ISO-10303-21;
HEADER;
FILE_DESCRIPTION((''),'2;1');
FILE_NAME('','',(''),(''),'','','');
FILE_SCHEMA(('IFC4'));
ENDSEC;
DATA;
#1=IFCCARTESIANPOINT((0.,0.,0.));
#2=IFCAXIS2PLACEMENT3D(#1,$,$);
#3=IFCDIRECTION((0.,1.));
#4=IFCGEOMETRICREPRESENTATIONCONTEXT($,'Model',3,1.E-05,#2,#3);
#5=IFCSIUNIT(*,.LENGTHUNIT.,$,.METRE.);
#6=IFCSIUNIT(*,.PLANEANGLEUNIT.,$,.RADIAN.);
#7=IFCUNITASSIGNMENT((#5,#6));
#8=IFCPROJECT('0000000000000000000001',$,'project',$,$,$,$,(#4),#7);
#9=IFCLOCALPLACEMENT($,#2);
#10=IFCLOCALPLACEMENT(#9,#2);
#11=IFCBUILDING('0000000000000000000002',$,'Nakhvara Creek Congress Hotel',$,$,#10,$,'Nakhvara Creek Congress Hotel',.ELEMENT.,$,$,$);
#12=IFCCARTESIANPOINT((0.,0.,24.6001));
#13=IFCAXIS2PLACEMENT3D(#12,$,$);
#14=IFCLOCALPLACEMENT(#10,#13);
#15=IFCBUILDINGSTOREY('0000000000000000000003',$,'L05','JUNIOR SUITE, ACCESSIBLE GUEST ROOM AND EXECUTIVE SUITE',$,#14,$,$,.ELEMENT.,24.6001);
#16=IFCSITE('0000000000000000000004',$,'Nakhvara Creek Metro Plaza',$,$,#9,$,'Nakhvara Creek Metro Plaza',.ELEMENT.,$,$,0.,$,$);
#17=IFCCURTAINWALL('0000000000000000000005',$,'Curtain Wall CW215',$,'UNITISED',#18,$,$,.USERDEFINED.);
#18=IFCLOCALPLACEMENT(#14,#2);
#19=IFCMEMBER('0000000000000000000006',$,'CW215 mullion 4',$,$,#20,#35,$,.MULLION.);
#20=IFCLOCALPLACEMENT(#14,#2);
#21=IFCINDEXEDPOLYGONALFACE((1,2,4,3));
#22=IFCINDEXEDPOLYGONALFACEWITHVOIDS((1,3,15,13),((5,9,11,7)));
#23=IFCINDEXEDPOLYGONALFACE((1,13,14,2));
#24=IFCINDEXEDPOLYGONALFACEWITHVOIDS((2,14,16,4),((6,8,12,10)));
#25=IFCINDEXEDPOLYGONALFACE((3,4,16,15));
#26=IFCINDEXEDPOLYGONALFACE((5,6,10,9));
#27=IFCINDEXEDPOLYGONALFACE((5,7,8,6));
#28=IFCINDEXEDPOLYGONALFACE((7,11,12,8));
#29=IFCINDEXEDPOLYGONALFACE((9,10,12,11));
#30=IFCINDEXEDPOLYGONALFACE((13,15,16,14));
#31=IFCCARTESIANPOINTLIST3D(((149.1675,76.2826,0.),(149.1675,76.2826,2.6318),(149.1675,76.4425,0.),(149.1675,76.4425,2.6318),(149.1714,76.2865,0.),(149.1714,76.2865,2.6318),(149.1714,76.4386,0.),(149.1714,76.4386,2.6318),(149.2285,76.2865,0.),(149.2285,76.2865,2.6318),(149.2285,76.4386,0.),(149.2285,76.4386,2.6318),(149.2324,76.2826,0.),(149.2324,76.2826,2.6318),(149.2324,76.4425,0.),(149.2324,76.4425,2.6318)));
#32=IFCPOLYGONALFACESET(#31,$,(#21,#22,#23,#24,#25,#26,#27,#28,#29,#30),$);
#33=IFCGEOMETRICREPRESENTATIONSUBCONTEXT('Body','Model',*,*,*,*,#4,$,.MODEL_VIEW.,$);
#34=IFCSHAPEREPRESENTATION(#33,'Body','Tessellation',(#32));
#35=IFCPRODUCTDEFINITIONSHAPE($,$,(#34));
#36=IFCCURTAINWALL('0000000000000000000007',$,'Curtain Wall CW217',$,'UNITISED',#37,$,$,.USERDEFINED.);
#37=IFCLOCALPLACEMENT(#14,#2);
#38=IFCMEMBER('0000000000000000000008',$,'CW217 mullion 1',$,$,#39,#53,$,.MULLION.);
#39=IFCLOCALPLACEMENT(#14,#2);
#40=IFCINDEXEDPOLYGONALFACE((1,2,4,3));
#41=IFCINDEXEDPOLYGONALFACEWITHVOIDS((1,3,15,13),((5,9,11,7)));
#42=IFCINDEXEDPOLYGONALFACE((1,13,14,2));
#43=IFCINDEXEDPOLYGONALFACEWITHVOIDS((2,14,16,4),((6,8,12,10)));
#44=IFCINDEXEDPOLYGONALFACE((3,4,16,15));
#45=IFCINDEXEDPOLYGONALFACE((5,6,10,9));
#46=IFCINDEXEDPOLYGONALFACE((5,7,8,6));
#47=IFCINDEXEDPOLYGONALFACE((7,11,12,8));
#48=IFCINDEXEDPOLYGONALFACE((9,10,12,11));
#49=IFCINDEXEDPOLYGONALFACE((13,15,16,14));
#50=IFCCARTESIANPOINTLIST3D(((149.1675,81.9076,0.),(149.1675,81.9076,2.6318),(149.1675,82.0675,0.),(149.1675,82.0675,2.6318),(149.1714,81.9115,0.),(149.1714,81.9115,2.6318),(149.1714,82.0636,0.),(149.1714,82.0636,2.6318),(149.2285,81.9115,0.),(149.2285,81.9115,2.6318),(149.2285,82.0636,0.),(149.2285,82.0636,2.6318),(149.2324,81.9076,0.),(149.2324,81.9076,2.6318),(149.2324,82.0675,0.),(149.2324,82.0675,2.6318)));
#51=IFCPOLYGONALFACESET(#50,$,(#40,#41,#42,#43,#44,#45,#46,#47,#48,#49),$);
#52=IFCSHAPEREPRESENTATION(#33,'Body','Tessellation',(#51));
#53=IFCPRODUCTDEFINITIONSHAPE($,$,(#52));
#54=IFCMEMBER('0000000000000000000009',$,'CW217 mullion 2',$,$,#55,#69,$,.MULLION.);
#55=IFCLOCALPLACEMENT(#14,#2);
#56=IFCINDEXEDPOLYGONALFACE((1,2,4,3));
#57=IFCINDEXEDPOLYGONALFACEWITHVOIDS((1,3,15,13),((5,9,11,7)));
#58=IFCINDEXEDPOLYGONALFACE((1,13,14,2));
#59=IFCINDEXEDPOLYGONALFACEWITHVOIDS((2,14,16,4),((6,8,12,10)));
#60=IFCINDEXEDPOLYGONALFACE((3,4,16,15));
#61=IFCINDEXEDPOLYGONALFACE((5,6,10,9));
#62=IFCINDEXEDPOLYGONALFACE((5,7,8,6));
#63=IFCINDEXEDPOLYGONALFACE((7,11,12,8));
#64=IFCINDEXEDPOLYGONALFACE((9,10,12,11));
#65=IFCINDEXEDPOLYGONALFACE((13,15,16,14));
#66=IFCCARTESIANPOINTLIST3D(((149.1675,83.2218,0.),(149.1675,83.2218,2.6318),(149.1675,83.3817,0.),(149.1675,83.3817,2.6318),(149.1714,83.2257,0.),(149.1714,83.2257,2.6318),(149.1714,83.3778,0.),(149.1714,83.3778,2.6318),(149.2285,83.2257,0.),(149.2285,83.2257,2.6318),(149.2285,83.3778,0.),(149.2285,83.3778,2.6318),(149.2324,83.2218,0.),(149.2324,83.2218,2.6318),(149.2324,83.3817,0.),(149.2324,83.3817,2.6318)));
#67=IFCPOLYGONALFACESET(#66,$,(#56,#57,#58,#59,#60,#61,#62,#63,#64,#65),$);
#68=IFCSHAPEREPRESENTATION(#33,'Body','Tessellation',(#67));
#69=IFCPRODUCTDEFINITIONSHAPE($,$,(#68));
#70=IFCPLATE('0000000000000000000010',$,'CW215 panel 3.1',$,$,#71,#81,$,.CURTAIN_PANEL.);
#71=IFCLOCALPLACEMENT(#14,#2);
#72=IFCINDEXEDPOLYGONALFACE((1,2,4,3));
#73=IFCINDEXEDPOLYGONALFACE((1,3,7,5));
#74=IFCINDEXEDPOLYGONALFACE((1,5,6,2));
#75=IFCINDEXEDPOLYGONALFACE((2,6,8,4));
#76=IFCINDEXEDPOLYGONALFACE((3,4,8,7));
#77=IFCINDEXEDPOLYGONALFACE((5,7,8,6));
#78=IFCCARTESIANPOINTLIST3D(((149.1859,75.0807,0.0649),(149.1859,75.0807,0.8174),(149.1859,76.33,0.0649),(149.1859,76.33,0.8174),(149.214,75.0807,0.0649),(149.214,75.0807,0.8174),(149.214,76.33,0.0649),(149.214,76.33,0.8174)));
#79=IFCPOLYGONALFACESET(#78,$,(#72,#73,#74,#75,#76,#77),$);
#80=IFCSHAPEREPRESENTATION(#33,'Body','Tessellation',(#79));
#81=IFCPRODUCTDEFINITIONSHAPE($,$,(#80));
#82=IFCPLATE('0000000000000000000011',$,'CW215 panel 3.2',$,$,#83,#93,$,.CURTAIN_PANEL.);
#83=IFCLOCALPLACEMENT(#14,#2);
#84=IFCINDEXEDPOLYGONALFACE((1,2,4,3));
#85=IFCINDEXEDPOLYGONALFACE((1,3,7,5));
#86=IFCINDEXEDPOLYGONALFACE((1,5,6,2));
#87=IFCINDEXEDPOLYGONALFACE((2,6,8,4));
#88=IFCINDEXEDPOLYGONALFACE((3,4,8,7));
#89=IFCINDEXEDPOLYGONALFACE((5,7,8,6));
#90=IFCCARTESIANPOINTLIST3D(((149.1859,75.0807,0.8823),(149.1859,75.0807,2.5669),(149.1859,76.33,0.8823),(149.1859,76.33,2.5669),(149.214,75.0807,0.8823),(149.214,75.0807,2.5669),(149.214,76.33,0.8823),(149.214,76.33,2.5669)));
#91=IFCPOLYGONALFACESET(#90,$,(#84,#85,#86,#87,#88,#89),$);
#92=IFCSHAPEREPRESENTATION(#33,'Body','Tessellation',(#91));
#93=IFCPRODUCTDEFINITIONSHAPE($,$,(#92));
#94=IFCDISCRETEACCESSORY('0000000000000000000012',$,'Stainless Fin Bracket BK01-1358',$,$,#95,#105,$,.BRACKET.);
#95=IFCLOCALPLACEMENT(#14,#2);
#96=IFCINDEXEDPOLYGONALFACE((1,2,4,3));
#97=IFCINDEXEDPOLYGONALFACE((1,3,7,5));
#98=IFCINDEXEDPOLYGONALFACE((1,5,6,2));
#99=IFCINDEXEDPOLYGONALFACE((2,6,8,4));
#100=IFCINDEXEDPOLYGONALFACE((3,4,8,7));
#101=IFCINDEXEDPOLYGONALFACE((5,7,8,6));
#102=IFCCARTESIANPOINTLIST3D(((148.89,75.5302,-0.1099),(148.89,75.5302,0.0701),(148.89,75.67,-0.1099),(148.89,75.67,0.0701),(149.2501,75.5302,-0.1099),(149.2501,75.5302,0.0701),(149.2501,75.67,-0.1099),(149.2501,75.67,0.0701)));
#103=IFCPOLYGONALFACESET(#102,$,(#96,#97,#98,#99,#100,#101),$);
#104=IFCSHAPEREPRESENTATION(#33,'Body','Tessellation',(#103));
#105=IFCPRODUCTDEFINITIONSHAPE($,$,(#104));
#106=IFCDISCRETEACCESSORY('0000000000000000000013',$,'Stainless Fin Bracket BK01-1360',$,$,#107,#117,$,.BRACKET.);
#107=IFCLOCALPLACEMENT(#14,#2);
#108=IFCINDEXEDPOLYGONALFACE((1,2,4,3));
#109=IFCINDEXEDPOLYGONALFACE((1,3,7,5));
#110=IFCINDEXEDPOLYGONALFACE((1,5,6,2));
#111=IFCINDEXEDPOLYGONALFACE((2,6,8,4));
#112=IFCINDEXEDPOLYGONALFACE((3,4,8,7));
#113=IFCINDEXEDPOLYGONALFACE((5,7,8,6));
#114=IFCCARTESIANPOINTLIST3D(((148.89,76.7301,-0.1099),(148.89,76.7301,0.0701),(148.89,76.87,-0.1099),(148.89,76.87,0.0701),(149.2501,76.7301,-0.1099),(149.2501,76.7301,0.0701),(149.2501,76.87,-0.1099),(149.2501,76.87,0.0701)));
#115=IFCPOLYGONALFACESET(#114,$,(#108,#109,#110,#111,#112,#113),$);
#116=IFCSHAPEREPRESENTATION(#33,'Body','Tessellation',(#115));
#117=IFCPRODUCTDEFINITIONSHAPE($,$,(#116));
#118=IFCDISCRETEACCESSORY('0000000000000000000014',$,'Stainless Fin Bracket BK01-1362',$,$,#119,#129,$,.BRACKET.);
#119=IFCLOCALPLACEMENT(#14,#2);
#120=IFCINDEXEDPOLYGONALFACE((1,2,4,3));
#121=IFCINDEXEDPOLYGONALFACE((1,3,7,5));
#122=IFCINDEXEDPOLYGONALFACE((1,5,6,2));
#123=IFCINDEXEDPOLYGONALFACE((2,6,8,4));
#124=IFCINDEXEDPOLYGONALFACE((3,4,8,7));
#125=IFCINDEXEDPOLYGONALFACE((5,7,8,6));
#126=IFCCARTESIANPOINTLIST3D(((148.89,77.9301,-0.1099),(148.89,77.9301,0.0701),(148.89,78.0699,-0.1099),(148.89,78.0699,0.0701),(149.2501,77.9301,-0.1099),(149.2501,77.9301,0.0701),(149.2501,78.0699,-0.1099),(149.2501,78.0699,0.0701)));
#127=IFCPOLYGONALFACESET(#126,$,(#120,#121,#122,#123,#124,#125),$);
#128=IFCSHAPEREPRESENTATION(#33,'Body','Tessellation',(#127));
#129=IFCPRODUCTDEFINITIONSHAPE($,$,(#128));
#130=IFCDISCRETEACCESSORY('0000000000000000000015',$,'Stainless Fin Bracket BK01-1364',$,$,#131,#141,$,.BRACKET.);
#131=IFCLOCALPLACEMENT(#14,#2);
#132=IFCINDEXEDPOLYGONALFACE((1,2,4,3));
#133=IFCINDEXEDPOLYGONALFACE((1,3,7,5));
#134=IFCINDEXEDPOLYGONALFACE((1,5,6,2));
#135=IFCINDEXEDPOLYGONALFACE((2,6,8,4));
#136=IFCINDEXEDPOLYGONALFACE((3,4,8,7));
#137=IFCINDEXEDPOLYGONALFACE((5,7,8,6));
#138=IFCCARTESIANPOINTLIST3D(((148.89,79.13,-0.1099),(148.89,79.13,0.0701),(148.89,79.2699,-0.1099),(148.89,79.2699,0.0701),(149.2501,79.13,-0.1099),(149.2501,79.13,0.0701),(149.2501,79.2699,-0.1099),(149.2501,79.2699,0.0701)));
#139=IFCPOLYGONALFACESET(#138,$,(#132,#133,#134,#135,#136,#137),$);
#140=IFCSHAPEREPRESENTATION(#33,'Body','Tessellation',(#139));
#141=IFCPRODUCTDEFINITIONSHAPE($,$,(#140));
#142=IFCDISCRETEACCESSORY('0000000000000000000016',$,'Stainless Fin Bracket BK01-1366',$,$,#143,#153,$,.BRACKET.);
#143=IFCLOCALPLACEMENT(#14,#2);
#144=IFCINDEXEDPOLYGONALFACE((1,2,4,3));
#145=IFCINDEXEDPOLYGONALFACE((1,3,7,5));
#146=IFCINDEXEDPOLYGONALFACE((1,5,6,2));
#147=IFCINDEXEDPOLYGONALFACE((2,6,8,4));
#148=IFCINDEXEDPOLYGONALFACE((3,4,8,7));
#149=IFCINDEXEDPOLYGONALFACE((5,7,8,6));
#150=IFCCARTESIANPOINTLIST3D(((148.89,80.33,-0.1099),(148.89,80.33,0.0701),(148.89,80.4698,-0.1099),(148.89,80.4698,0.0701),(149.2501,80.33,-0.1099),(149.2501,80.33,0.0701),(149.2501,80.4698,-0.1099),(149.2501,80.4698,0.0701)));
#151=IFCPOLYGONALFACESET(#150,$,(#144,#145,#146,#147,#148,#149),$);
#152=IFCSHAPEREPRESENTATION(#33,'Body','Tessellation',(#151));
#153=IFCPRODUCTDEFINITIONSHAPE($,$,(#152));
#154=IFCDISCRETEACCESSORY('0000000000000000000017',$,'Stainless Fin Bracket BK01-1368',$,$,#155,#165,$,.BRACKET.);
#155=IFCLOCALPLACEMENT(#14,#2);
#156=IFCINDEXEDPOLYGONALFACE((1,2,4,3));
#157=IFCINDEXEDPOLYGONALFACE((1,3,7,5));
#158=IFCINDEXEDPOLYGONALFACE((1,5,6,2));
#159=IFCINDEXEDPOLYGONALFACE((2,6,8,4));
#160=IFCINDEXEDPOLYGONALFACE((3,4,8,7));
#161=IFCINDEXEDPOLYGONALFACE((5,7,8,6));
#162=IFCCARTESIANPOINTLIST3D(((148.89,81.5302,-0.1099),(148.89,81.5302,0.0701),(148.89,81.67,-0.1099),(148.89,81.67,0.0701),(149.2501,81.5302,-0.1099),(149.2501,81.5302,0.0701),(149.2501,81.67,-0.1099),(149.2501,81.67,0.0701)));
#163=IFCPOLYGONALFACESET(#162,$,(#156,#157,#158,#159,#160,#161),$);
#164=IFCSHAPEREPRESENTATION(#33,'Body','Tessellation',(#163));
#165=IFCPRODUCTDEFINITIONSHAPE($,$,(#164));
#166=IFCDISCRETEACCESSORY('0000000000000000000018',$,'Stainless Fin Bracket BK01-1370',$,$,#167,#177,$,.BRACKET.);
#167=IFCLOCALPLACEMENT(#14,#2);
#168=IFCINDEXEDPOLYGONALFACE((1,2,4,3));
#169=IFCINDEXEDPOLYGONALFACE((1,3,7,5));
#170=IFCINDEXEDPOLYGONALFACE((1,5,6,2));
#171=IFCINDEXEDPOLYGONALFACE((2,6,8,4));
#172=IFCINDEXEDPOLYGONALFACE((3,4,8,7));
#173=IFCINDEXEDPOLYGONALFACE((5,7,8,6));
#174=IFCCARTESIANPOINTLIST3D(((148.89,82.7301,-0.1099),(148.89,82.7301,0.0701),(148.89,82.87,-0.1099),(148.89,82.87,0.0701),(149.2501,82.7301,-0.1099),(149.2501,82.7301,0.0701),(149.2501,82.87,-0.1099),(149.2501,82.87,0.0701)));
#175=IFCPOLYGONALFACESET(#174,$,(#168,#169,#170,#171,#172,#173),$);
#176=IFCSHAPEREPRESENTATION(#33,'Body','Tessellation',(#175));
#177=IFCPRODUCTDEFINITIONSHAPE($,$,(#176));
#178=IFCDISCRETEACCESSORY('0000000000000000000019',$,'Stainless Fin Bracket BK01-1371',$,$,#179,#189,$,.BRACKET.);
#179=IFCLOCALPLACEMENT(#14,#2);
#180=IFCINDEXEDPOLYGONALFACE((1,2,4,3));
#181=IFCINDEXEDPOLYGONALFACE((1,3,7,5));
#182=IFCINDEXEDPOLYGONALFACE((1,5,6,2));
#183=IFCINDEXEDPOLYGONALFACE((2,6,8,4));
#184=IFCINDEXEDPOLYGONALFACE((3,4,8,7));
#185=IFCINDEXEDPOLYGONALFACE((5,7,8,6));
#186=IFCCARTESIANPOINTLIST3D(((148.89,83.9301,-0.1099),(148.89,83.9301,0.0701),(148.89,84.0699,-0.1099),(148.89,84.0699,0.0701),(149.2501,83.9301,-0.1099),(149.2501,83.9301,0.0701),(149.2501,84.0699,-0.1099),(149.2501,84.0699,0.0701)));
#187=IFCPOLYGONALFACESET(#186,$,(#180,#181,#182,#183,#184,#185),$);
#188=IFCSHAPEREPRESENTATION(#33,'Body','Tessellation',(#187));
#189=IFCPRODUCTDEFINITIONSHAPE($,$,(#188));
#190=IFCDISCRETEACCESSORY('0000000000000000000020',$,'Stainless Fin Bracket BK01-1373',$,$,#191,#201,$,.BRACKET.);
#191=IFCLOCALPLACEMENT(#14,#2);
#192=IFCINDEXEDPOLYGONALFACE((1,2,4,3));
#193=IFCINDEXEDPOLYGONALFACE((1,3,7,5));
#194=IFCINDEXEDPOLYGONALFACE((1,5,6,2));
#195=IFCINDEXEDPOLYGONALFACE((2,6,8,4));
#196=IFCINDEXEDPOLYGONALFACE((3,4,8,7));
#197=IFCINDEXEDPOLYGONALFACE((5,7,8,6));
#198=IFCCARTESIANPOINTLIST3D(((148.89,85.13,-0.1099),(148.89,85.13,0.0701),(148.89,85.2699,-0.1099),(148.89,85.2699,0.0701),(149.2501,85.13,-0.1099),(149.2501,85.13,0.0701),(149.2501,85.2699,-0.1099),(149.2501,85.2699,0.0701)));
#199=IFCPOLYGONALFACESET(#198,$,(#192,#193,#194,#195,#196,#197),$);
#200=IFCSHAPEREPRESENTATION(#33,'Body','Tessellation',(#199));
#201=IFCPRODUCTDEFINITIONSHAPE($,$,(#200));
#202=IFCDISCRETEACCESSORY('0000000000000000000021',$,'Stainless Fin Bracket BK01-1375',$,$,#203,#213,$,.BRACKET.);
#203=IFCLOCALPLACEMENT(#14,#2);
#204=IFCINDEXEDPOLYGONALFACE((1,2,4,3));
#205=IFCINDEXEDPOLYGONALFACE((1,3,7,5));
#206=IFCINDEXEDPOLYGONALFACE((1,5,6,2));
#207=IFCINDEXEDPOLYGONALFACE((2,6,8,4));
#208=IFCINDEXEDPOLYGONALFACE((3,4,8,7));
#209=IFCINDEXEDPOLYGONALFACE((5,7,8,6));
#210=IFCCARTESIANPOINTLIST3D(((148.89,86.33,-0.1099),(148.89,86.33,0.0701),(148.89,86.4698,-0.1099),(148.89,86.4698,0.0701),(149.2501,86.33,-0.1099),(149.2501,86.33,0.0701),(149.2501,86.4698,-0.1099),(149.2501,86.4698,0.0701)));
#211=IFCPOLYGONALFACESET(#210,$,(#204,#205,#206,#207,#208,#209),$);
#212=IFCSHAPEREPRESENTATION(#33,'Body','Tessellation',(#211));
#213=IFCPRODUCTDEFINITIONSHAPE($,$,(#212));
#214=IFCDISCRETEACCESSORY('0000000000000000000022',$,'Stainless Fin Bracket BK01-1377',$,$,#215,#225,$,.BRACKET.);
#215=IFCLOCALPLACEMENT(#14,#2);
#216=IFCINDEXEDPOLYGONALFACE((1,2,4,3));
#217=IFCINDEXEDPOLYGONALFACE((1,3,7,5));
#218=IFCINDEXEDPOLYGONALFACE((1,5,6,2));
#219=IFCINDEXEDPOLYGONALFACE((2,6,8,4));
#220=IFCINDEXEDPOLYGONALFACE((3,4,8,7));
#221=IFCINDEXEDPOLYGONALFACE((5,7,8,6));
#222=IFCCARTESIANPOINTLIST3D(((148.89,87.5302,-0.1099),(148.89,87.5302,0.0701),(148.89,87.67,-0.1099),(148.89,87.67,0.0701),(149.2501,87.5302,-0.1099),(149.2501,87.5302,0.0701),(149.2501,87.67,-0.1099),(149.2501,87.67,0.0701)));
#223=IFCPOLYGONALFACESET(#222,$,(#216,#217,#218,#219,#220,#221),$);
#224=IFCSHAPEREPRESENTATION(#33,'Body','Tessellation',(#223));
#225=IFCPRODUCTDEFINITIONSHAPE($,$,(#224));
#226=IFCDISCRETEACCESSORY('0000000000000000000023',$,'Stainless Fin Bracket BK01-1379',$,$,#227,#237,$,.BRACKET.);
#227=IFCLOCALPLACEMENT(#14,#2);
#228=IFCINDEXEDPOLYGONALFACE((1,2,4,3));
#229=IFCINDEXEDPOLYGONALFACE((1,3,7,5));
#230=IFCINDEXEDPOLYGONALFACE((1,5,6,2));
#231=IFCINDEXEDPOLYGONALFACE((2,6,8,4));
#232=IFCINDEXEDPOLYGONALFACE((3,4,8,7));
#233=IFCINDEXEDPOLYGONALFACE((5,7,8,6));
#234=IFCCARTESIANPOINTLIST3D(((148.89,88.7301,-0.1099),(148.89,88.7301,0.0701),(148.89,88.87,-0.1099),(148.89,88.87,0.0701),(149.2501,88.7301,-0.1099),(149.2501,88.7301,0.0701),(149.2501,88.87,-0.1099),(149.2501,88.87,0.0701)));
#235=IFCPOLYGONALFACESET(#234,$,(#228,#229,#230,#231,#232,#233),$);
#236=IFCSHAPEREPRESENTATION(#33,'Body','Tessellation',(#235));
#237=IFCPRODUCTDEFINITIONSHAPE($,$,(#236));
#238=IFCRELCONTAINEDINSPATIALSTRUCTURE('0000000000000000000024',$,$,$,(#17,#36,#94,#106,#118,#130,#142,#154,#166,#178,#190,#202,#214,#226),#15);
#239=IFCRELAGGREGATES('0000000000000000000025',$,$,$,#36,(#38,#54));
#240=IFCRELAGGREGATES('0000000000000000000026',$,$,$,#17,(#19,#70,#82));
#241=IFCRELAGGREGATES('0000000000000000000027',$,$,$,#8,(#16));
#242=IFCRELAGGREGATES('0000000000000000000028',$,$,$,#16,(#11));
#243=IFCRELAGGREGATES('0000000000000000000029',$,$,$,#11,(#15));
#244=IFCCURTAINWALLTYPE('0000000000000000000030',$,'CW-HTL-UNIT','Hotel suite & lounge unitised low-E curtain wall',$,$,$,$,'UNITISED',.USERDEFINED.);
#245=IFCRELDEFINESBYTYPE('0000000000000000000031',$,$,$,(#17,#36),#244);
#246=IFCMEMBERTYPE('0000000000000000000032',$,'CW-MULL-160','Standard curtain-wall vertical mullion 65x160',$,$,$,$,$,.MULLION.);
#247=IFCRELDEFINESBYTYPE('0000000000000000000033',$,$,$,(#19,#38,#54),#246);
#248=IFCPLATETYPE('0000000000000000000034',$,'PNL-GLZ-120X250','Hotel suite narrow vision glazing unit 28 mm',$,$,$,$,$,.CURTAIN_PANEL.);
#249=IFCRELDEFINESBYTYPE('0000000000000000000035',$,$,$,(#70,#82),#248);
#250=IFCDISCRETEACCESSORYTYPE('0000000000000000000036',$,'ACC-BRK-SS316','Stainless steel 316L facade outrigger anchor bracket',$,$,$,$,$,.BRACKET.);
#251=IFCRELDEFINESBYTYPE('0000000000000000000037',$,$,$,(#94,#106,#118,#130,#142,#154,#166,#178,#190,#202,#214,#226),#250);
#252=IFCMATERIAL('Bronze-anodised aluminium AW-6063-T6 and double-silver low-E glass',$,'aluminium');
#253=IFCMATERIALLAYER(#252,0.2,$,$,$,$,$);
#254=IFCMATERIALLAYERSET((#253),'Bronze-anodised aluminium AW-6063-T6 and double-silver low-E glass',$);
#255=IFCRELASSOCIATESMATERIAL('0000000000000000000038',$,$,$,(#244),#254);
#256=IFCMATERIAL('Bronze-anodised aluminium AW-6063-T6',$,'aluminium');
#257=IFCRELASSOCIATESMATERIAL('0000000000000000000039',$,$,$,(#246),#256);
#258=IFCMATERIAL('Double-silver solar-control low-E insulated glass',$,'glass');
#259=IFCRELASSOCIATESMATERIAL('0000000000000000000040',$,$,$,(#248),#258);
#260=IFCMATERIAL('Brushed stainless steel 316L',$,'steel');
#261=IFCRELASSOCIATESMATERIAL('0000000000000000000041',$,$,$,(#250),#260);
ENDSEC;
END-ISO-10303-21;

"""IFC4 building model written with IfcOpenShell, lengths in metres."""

from ifc_helpers import new_model, si_unit, direction, frame, origin, origin_2d, place, context, subcontext, project, spatial, rectangle, hollow_rectangle, extrude, material, layer, layer_set, material_profile, profile_set, type_object, element, aggregate, save


model = new_model("IFC4")

# Units and contexts
model_context = context("Model", 3, precision=1e-05, world=origin(), true_north=direction((0.0, 1.0)))
body_context = subcontext(model_context, "Body", "Model", "MODEL_VIEW")
ifc_project = project(units=[si_unit("LENGTHUNIT", "METRE"), si_unit("PLANEANGLEUNIT", "RADIAN")], contexts=[model_context])

# Site, building, storey
site_placement = place(None, origin())
site = spatial("IfcSite", under=ifc_project, at=site_placement, Name="Nakhvara Creek Metro Plaza", LongName="Nakhvara Creek Metro Plaza", CompositionType="ELEMENT", RefElevation=0.0)
building_placement = place(site_placement, origin())
building = spatial("IfcBuilding", under=site, at=building_placement, Name="Nakhvara Creek Congress Hotel", LongName="Nakhvara Creek Congress Hotel", CompositionType="ELEMENT")
storey_placement = place(building_placement, frame((0.0, 0.0, 24.6001)))
storey = spatial("IfcBuildingStorey", under=building, at=storey_placement, Name="L05", Description="JUNIOR SUITE, ACCESSIBLE GUEST ROOM AND EXECUTIVE SUITE", CompositionType="ELEMENT", Elevation=24.6001)

# Curtain wall, member
ifc_material_1 = material(Name="Bronze-anodised aluminium AW-6063-T6 and double-silver low-E glass", Category="aluminium")
ifc_layer = layer(ifc_material_1, 0.2)
ifc_layer_set = layer_set([ifc_layer], Name="Bronze-anodised aluminium AW-6063-T6 and double-silver low-E glass")
curtain_wall_type = type_object("IfcCurtainWallType", Name="CW-HTL-UNIT", Description="Hotel suite & lounge unitised low-E curtain wall", ElementType="UNITISED", PredefinedType="USERDEFINED", material=ifc_layer_set)
curtain_wall_1_placement = place(storey_placement, origin())
curtain_wall_1 = element("IfcCurtainWall", 1, at=curtain_wall_1_placement, inside=storey, type_object=curtain_wall_type, Name="Curtain Wall CW215", ObjectType="UNITISED", PredefinedType="USERDEFINED")
ifc_material_2 = material(Name="Bronze-anodised aluminium AW-6063-T6", Category="aluminium")
ifc_material_profile = material_profile(ifc_material_2, hollow_rectangle(XDim=0.0649, YDim=0.1599, WallThickness=0.0039, at=origin_2d()), Name="ALU-MULL 65x160x4", Category="LoadBearing")
ifc_profile_set = profile_set([ifc_material_profile], Name="Bronze-anodised aluminium AW-6063-T6")
member_type = type_object("IfcMemberType", Name="CW-MULL-160", Description="Standard curtain-wall vertical mullion 65x160", PredefinedType="MULLION", material=ifc_profile_set)
member_1_placement = place(storey_placement, frame((149.2, 76.3625, 0.0), z_axis=(0.0, 0.0, 1.0), x_axis=(-1.0, 0.0, 0.0)))
member_1 = element("IfcMember", 2, at=member_1_placement, type_object=member_type, Name="CW215 mullion 4", PredefinedType="MULLION", context=body_context, shape_type="SweptSolid", body=[
    extrude(hollow_rectangle(XDim=0.0649, YDim=0.1599, WallThickness=0.0039, at=origin_2d()), origin(), (0.0, 0.0, 1.0), 2.6318),
])

# Curtain wall, members
curtain_wall_2_placement = place(storey_placement, origin())
curtain_wall_2 = element("IfcCurtainWall", 3, at=curtain_wall_2_placement, inside=storey, type_object=curtain_wall_type, Name="Curtain Wall CW217", ObjectType="UNITISED", PredefinedType="USERDEFINED")
member_2_placement = place(storey_placement, frame((149.2, 81.9875, 0.0), z_axis=(0.0, 0.0, 1.0), x_axis=(-1.0, 0.0, 0.0)))
member_2 = element("IfcMember", 4, at=member_2_placement, type_object=member_type, Name="CW217 mullion 1", PredefinedType="MULLION", context=body_context, shape_type="SweptSolid", body=[
    extrude(hollow_rectangle(XDim=0.0649, YDim=0.1599, WallThickness=0.0039, at=origin_2d()), origin(), (0.0, 0.0, 1.0), 2.6318),
])
member_3_placement = place(storey_placement, frame((149.2, 83.3018, 0.0), z_axis=(0.0, 0.0, 1.0), x_axis=(-1.0, 0.0, 0.0)))
member_3 = element("IfcMember", 5, at=member_3_placement, type_object=member_type, Name="CW217 mullion 2", PredefinedType="MULLION", context=body_context, shape_type="SweptSolid", body=[
    extrude(hollow_rectangle(XDim=0.0649, YDim=0.1599, WallThickness=0.0039, at=origin_2d()), origin(), (0.0, 0.0, 1.0), 2.6318),
])
aggregate(curtain_wall_2, [member_2, member_3])

# Plates
ifc_material_3 = material(Name="Double-silver solar-control low-E insulated glass", Category="glass")
plate_type = type_object("IfcPlateType", Name="PNL-GLZ-120X250", Description="Hotel suite narrow vision glazing unit 28 mm", PredefinedType="CURTAIN_PANEL", material=ifc_material_3)
plate_1_placement = place(storey_placement, frame((149.2, 75.7053, 0.0649), z_axis=(0.0, 0.0, 1.0), x_axis=(0.0, 1.0, 0.0)))
plate_1 = element("IfcPlate", 6, at=plate_1_placement, type_object=plate_type, Name="CW215 panel 3.1", PredefinedType="CURTAIN_PANEL", context=body_context, shape_type="SweptSolid", body=[
    extrude(rectangle(XDim=1.2493, YDim=0.0281, at=origin_2d()), origin(), (0.0, 0.0, 1.0), 0.7524),
])
plate_2_placement = place(storey_placement, frame((149.2, 75.7053, 0.8823), z_axis=(0.0, 0.0, 1.0), x_axis=(0.0, 1.0, 0.0)))
plate_2 = element("IfcPlate", 7, at=plate_2_placement, type_object=plate_type, Name="CW215 panel 3.2", PredefinedType="CURTAIN_PANEL", context=body_context, shape_type="SweptSolid", body=[
    extrude(rectangle(XDim=1.2493, YDim=0.0281, at=origin_2d()), origin(), (0.0, 0.0, 1.0), 1.6846),
])
aggregate(curtain_wall_1, [member_1, plate_1, plate_2])

# Discrete accessories
ifc_material_4 = material(Name="Brushed stainless steel 316L", Category="steel")
discrete_accessory_type = type_object("IfcDiscreteAccessoryType", Name="ACC-BRK-SS316", Description="Stainless steel 316L facade outrigger anchor bracket", PredefinedType="BRACKET", material=ifc_material_4)
for number, where, z_axis, x_axis, name in (
    (8, (149.0701, 75.6001, -0.1099), (0.0, 0.0, 1.0), (0.0, 1.0, 0.0), "Stainless Fin Bracket BK01-1358"),
    (9, (149.0701, 76.8, -0.1099), (0.0, 0.0, 1.0), (0.0, 1.0, 0.0), "Stainless Fin Bracket BK01-1360"),
    (10, (149.0701, 78.0, -0.1099), (0.0, 0.0, 1.0), (0.0, 1.0, 0.0), "Stainless Fin Bracket BK01-1362"),
    (11, (149.0701, 79.2, -0.1099), (0.0, 0.0, 1.0), (0.0, 1.0, 0.0), "Stainless Fin Bracket BK01-1364"),
    (12, (149.0701, 80.3999, -0.1099), (0.0, 0.0, 1.0), (0.0, 1.0, 0.0), "Stainless Fin Bracket BK01-1366"),
    (13, (149.0701, 81.6001, -0.1099), (0.0, 0.0, 1.0), (0.0, 1.0, 0.0), "Stainless Fin Bracket BK01-1368"),
    (14, (149.0701, 82.8, -0.1099), (0.0, 0.0, 1.0), (0.0, 1.0, 0.0), "Stainless Fin Bracket BK01-1370"),
    (15, (149.0701, 84.0, -0.1099), (0.0, 0.0, 1.0), (0.0, 1.0, 0.0), "Stainless Fin Bracket BK01-1371"),
    (16, (149.0701, 85.2, -0.1099), (0.0, 0.0, 1.0), (0.0, 1.0, 0.0), "Stainless Fin Bracket BK01-1373"),
    (17, (149.0701, 86.3999, -0.1099), (0.0, 0.0, 1.0), (0.0, 1.0, 0.0), "Stainless Fin Bracket BK01-1375"),
    (18, (149.0701, 87.6001, -0.1099), (0.0, 0.0, 1.0), (0.0, 1.0, 0.0), "Stainless Fin Bracket BK01-1377"),
    (19, (149.0701, 88.8, -0.1099), (0.0, 0.0, 1.0), (0.0, 1.0, 0.0), "Stainless Fin Bracket BK01-1379"),
):
    element("IfcDiscreteAccessory", number, at=place(storey_placement, frame(where, z_axis=z_axis, x_axis=x_axis)), inside=storey, type_object=discrete_accessory_type, Name=name, PredefinedType="BRACKET", context=body_context, shape_type="SweptSolid", body=[
        extrude(rectangle(XDim=0.1399, YDim=0.3601, at=origin_2d()), origin(), (0.0, 0.0, 1.0), 0.1799),
    ])

save(model, "model.ifc")
